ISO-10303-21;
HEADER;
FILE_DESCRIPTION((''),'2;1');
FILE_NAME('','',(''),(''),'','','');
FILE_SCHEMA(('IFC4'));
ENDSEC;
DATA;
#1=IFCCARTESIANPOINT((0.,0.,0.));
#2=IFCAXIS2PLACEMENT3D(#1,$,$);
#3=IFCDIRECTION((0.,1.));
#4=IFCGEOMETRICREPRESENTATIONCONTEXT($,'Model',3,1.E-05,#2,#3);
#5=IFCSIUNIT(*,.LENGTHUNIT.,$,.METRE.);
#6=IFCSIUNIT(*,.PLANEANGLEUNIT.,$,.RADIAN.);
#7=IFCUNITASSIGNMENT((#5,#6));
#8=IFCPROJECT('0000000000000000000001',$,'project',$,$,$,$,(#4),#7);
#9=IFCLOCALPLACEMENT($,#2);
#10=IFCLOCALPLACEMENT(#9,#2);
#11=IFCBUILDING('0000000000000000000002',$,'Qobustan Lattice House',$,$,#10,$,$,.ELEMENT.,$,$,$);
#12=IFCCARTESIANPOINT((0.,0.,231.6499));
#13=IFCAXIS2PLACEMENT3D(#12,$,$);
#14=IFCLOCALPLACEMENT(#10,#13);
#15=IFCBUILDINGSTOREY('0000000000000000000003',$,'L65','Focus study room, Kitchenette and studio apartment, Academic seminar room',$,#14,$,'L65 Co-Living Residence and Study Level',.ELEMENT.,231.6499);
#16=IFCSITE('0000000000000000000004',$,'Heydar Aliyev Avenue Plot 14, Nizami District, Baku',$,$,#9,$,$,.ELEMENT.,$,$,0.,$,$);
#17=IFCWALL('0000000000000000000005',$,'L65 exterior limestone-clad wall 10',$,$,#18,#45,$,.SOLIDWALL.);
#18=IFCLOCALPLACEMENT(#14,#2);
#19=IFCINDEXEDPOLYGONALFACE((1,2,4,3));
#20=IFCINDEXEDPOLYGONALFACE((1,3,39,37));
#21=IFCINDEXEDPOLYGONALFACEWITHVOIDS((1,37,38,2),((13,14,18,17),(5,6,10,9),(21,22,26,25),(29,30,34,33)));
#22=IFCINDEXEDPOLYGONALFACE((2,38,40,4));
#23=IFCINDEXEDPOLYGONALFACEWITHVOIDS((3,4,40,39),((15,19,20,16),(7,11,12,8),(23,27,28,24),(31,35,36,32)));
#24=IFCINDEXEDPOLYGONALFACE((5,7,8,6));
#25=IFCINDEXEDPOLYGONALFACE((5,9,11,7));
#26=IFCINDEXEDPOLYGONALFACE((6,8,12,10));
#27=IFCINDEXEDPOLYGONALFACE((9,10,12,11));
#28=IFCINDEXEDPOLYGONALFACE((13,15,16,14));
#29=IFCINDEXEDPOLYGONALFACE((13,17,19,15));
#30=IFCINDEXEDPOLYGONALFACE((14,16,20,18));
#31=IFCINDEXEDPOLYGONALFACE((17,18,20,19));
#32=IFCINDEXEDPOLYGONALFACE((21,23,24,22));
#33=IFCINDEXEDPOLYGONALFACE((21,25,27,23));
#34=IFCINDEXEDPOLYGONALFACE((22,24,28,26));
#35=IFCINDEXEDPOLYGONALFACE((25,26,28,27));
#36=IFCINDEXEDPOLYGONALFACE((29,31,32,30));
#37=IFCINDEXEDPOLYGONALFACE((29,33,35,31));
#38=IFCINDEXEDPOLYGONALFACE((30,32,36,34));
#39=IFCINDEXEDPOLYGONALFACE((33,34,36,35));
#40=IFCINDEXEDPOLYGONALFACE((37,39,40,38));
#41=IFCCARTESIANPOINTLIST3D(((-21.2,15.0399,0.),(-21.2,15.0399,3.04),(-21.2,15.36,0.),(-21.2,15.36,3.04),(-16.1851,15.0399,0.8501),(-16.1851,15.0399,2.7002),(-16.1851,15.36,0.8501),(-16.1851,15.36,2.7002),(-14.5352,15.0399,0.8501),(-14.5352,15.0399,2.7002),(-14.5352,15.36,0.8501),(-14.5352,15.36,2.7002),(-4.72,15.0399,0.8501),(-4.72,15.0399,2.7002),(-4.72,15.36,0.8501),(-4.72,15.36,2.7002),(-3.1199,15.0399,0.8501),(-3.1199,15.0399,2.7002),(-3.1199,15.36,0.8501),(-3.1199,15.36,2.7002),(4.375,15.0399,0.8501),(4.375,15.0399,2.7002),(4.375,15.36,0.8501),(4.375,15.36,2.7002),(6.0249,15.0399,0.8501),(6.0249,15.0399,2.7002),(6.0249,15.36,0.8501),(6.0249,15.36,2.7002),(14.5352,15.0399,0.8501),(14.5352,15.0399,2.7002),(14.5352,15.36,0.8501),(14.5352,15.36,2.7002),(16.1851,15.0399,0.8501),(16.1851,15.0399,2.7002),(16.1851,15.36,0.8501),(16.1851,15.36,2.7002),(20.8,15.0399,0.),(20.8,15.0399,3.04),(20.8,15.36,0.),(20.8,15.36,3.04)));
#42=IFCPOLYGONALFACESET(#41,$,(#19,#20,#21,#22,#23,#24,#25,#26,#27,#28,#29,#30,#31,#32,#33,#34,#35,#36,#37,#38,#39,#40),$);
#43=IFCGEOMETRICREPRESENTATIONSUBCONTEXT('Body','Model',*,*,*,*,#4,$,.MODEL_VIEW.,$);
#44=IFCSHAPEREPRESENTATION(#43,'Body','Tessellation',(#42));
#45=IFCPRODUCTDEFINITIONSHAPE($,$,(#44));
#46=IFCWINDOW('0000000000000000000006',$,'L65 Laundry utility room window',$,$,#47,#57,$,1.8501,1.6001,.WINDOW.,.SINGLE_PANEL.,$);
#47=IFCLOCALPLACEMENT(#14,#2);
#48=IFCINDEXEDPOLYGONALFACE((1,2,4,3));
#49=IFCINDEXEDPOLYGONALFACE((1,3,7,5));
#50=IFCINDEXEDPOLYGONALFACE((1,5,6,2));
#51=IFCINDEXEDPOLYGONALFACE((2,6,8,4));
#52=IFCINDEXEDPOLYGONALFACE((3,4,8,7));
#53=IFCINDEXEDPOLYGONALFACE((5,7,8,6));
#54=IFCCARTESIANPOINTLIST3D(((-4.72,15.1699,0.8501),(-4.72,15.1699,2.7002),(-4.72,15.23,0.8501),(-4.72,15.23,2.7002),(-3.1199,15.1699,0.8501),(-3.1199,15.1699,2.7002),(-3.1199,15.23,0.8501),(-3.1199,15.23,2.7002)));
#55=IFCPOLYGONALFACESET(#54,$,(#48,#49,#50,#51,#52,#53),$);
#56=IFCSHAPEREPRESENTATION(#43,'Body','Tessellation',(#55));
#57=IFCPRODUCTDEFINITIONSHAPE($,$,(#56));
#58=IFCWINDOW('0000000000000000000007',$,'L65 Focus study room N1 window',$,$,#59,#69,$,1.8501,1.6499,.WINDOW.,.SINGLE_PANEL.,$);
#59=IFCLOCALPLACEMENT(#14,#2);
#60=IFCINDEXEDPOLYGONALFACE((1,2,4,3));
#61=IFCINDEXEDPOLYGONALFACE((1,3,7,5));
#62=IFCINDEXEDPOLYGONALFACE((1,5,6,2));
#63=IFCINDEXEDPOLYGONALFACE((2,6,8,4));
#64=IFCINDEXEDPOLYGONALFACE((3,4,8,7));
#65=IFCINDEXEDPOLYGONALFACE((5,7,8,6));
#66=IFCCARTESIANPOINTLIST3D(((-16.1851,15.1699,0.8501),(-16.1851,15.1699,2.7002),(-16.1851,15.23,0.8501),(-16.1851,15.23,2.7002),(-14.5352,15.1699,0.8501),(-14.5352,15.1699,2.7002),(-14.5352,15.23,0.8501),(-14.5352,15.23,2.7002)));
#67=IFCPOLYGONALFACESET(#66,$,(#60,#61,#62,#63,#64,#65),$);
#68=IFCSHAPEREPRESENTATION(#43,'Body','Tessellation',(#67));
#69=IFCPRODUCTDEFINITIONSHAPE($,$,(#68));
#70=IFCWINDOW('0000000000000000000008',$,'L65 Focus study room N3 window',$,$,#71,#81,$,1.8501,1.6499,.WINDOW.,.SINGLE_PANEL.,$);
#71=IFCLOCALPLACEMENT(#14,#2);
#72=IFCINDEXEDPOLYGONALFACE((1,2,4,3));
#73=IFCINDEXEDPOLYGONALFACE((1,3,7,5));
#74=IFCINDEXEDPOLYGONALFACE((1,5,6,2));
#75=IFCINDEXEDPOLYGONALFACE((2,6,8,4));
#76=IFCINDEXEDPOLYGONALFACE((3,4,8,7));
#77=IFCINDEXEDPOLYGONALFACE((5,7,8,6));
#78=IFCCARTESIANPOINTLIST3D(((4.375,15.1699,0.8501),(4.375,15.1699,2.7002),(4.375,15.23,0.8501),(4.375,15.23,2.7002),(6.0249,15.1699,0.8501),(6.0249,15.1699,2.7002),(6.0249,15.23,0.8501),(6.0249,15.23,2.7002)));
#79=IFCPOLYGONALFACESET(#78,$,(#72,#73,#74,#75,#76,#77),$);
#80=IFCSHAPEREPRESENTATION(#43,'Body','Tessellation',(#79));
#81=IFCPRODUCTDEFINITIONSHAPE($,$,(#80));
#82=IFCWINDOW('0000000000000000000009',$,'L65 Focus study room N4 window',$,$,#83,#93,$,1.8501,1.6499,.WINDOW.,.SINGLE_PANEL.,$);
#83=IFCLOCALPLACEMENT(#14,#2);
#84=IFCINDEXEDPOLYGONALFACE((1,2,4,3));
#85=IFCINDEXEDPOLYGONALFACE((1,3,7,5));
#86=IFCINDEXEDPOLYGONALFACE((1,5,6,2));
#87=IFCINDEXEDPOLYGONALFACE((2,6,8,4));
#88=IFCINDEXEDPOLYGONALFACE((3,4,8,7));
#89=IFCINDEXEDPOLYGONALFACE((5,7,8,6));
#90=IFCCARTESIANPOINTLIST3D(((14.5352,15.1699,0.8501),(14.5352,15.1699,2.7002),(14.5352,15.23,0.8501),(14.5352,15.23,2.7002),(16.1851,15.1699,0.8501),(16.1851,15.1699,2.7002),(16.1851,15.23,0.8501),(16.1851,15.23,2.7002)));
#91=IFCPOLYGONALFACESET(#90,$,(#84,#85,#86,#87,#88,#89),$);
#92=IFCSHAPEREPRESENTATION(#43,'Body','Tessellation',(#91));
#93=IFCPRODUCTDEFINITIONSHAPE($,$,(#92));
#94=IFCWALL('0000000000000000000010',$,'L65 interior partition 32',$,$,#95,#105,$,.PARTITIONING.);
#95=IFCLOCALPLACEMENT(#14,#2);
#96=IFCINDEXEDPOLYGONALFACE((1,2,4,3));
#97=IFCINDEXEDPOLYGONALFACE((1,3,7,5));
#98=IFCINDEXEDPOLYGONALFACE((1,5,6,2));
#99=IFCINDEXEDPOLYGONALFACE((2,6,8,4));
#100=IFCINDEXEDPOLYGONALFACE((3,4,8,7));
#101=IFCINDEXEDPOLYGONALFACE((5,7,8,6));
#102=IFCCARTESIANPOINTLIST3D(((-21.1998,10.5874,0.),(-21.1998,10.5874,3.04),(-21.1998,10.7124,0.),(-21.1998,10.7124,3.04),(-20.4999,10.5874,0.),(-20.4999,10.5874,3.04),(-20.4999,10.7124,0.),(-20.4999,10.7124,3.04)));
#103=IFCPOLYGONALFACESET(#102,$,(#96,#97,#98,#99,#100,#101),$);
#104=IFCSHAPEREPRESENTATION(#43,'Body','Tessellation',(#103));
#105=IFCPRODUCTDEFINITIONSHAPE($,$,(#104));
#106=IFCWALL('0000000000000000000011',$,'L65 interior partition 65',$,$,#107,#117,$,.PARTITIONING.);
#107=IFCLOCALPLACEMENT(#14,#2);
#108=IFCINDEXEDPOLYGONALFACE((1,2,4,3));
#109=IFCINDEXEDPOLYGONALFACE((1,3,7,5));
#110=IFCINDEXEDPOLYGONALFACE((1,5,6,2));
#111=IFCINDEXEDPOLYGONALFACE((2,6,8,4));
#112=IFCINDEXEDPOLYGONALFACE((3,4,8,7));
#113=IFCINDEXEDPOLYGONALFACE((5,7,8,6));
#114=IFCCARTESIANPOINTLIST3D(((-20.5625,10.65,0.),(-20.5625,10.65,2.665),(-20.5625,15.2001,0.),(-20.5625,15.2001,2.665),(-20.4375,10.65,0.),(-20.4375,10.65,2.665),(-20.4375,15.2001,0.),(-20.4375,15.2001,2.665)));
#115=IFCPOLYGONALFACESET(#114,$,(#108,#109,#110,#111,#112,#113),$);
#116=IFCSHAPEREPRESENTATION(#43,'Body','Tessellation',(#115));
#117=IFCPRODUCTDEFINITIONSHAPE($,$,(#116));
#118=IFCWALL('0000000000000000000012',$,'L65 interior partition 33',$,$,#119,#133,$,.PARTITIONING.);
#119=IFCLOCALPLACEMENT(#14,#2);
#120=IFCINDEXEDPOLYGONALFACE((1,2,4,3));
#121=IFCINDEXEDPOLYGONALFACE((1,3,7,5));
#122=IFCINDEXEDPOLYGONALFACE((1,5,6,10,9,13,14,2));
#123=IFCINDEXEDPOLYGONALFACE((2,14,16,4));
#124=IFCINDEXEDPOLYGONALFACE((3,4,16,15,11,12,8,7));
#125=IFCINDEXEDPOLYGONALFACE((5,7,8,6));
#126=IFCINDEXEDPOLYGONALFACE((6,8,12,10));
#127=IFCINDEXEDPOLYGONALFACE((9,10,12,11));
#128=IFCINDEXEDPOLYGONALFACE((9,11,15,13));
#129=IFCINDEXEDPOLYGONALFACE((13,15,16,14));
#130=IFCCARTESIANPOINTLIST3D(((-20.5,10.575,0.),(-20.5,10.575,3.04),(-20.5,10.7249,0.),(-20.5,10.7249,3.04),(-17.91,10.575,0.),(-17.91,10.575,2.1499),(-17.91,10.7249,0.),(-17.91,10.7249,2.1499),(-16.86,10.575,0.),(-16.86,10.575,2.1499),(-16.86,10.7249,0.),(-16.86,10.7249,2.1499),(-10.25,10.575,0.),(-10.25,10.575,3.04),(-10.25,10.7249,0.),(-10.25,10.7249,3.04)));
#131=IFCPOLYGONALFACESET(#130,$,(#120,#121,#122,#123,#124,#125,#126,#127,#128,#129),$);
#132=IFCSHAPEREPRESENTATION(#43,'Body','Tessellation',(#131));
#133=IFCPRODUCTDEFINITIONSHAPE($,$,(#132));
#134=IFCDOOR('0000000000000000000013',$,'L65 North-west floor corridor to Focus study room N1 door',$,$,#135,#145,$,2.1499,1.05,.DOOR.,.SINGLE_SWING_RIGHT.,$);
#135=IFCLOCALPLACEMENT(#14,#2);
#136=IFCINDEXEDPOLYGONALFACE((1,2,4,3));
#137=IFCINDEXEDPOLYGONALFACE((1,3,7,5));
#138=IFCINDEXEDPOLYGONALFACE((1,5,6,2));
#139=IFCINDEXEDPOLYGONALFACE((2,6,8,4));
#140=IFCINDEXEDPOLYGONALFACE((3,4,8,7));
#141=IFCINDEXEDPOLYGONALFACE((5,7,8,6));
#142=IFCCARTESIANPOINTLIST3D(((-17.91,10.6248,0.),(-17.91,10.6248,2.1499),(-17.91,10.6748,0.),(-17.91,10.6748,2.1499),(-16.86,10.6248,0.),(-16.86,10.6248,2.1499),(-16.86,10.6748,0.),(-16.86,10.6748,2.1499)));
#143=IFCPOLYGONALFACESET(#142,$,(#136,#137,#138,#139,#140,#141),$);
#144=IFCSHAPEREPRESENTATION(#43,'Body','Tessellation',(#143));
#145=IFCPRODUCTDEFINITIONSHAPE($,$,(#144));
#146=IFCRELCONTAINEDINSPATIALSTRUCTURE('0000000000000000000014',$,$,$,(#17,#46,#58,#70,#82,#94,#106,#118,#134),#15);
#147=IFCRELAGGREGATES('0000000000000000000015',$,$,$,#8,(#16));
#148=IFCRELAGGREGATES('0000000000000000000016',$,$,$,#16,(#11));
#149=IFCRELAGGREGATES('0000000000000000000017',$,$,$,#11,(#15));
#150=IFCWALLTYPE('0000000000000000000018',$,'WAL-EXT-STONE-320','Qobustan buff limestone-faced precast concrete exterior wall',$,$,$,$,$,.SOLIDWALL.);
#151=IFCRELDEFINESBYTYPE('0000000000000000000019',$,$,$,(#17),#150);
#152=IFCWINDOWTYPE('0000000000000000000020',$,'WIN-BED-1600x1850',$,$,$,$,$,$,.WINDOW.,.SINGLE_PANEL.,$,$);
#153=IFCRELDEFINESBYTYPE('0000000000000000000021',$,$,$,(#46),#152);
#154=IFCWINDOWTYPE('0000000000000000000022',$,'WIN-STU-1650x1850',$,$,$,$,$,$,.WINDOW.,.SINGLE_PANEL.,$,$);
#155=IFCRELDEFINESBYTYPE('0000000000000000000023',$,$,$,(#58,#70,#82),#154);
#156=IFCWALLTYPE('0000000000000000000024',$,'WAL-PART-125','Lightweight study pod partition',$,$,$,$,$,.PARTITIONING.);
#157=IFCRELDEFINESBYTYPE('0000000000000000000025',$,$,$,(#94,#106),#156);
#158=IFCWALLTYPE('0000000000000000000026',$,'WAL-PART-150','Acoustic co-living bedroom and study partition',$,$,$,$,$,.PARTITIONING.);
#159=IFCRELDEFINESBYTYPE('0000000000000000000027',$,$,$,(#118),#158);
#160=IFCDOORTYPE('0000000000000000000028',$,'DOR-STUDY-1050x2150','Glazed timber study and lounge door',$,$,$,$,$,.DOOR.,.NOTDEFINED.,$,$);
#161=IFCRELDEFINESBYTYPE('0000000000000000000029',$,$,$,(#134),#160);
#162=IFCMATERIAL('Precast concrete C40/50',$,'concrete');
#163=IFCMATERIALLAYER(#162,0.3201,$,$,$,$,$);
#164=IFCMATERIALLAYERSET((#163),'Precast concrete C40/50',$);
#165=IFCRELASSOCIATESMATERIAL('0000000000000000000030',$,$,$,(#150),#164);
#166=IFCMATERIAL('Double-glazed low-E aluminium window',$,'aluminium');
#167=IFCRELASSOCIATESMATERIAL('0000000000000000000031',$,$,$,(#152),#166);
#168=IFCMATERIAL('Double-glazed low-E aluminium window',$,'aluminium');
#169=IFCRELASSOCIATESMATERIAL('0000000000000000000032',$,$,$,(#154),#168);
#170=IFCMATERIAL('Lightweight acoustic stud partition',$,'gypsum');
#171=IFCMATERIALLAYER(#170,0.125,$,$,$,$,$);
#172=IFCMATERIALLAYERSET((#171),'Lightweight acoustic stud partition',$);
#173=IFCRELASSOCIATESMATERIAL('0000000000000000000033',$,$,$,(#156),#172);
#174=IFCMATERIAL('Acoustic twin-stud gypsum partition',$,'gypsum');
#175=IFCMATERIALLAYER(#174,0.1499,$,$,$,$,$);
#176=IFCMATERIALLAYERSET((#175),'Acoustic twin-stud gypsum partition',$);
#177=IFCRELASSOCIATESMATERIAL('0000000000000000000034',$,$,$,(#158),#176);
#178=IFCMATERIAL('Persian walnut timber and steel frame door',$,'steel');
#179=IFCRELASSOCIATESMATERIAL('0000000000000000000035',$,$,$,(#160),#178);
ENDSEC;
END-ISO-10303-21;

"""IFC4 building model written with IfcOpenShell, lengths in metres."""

from ifc_helpers import new_model, si_unit, direction, frame, frame_2d, origin, place, context, subcontext, project, spatial, rectangle, extrude, material, layer, layer_set, type_object, element, fill, save


model = new_model("IFC4")

# Units and contexts
model_context = context("Model", 3, precision=1e-05, world=origin(), true_north=direction((0.0, 1.0)))
body_context = subcontext(model_context, "Body", "Model", "MODEL_VIEW")
ifc_project = project(units=[si_unit("LENGTHUNIT", "METRE"), si_unit("PLANEANGLEUNIT", "RADIAN")], contexts=[model_context])

# Site, building, storey
site_placement = place(None, origin())
site = spatial("IfcSite", under=ifc_project, at=site_placement, Name="Heydar Aliyev Avenue Plot 14, Nizami District, Baku", CompositionType="ELEMENT", RefElevation=0.0)
building_placement = place(site_placement, origin())
building = spatial("IfcBuilding", under=site, at=building_placement, Name="Qobustan Lattice House", CompositionType="ELEMENT")
storey_placement = place(building_placement, frame((0.0, 0.0, 231.6499)))
storey = spatial("IfcBuildingStorey", under=building, at=storey_placement, Name="L65", Description="Focus study room, Kitchenette and studio apartment, Academic seminar room", LongName="L65 Co-Living Residence and Study Level", CompositionType="ELEMENT", Elevation=231.6499)

# Shared definitions
ifc_material_1 = material(Name="Precast concrete C40/50", Category="concrete")
ifc_layer_1 = layer(ifc_material_1, 0.3201)
ifc_layer_set_1 = layer_set([ifc_layer_1], Name="Precast concrete C40/50")
wall_type_1 = type_object("IfcWallType", Name="WAL-EXT-STONE-320", Description="Qobustan buff limestone-faced precast concrete exterior wall", PredefinedType="SOLIDWALL", material=ifc_layer_set_1)

# Wall, openings, windows
wall_1_placement = place(storey_placement, frame((-21.2, 15.2, 0.0), z_axis=(0.0, 0.0, 1.0), x_axis=(1.0, 0.0, 0.0)))
wall_1 = element("IfcWall", 1, at=wall_1_placement, inside=storey, type_object=wall_type_1, Name="L65 exterior limestone-clad wall 10", PredefinedType="SOLIDWALL", context=body_context, shape_type="SweptSolid", body=[
    extrude(rectangle(XDim=42.0, YDim=0.3201, at=frame_2d((21.0, 0.0))), origin(), (0.0, 0.0, 1.0), 3.04),
])
opening_1_placement = place(wall_1_placement, frame((5.0149, 0.0, 0.8501)))
opening_1 = element("IfcOpeningElement", 2, at=opening_1_placement, cuts=wall_1, PredefinedType="OPENING", context=body_context, shape_type="SweptSolid", body=[
    extrude(rectangle(XDim=1.6499, YDim=1.8501, at=frame_2d((0.825, 0.925))), frame((0.0, 0.1699, 0.0), z_axis=(0.0, -1.0, 0.0), x_axis=(1.0, 0.0, 0.0)), (0.0, 0.0, 1.0), 0.3401),
])
opening_2_placement = place(wall_1_placement, frame((16.48, 0.0, 0.8501)))
opening_2 = element("IfcOpeningElement", 3, at=opening_2_placement, cuts=wall_1, PredefinedType="OPENING", context=body_context, shape_type="SweptSolid", body=[
    extrude(rectangle(XDim=1.6001, YDim=1.8501, at=frame_2d((0.8, 0.925))), frame((0.0, 0.1699, 0.0), z_axis=(0.0, -1.0, 0.0), x_axis=(1.0, 0.0, 0.0)), (0.0, 0.0, 1.0), 0.3401),
])
opening_3_placement = place(wall_1_placement, frame((25.575, 0.0, 0.8501)))
opening_3 = element("IfcOpeningElement", 4, at=opening_3_placement, cuts=wall_1, PredefinedType="OPENING", context=body_context, shape_type="SweptSolid", body=[
    extrude(rectangle(XDim=1.6499, YDim=1.8501, at=frame_2d((0.825, 0.925))), frame((0.0, 0.1699, 0.0), z_axis=(0.0, -1.0, 0.0), x_axis=(1.0, 0.0, 0.0)), (0.0, 0.0, 1.0), 0.3401),
])
opening_4_placement = place(wall_1_placement, frame((35.7351, 0.0, 0.8501)))
opening_4 = element("IfcOpeningElement", 5, at=opening_4_placement, cuts=wall_1, PredefinedType="OPENING", context=body_context, shape_type="SweptSolid", body=[
    extrude(rectangle(XDim=1.6499, YDim=1.8501, at=frame_2d((0.825, 0.925))), frame((0.0, 0.1699, 0.0), z_axis=(0.0, -1.0, 0.0), x_axis=(1.0, 0.0, 0.0)), (0.0, 0.0, 1.0), 0.3401),
])
ifc_material_2 = material(Name="Double-glazed low-E aluminium window", Category="aluminium")
window_type_1 = type_object("IfcWindowType", Name="WIN-BED-1600x1850", PartitioningType="SINGLE_PANEL", PredefinedType="WINDOW", material=ifc_material_2)
window_1_placement = place(opening_2_placement, origin())
window_1 = element("IfcWindow", 6, at=window_1_placement, inside=storey, type_object=window_type_1, Name="L65 Laundry utility room window", OverallHeight=1.8501, OverallWidth=1.6001, PartitioningType="SINGLE_PANEL", PredefinedType="WINDOW", context=body_context, shape_type="SweptSolid", body=[
    extrude(rectangle(XDim=1.6001, YDim=1.8501, at=frame_2d((0.8, 0.925))), frame((0.0, 0.03, 0.0), z_axis=(0.0, -1.0, 0.0), x_axis=(1.0, 0.0, 0.0)), (0.0, 0.0, 1.0), 0.0601),
])
fill(opening_2, window_1)
ifc_material_3 = material(Name="Double-glazed low-E aluminium window", Category="aluminium")
window_type_2 = type_object("IfcWindowType", Name="WIN-STU-1650x1850", PartitioningType="SINGLE_PANEL", PredefinedType="WINDOW", material=ifc_material_3)
window_2_placement = place(opening_1_placement, origin())
window_2 = element("IfcWindow", 7, at=window_2_placement, inside=storey, type_object=window_type_2, Name="L65 Focus study room N1 window", OverallHeight=1.8501, OverallWidth=1.6499, PartitioningType="SINGLE_PANEL", PredefinedType="WINDOW", context=body_context, shape_type="SweptSolid", body=[
    extrude(rectangle(XDim=1.6499, YDim=1.8501, at=frame_2d((0.825, 0.925))), frame((0.0, 0.03, 0.0), z_axis=(0.0, -1.0, 0.0), x_axis=(1.0, 0.0, 0.0)), (0.0, 0.0, 1.0), 0.0601),
])
fill(opening_1, window_2)
window_3_placement = place(opening_3_placement, origin())
window_3 = element("IfcWindow", 8, at=window_3_placement, inside=storey, type_object=window_type_2, Name="L65 Focus study room N3 window", OverallHeight=1.8501, OverallWidth=1.6499, PartitioningType="SINGLE_PANEL", PredefinedType="WINDOW", context=body_context, shape_type="SweptSolid", body=[
    extrude(rectangle(XDim=1.6499, YDim=1.8501, at=frame_2d((0.825, 0.925))), frame((0.0, 0.03, 0.0), z_axis=(0.0, -1.0, 0.0), x_axis=(1.0, 0.0, 0.0)), (0.0, 0.0, 1.0), 0.0601),
])
fill(opening_3, window_3)
window_4_placement = place(opening_4_placement, origin())
window_4 = element("IfcWindow", 9, at=window_4_placement, inside=storey, type_object=window_type_2, Name="L65 Focus study room N4 window", OverallHeight=1.8501, OverallWidth=1.6499, PartitioningType="SINGLE_PANEL", PredefinedType="WINDOW", context=body_context, shape_type="SweptSolid", body=[
    extrude(rectangle(XDim=1.6499, YDim=1.8501, at=frame_2d((0.825, 0.925))), frame((0.0, 0.03, 0.0), z_axis=(0.0, -1.0, 0.0), x_axis=(1.0, 0.0, 0.0)), (0.0, 0.0, 1.0), 0.0601),
])
fill(opening_4, window_4)

# Walls
ifc_material_4 = material(Name="Lightweight acoustic stud partition", Category="gypsum")
ifc_layer_2 = layer(ifc_material_4, 0.125)
ifc_layer_set_2 = layer_set([ifc_layer_2], Name="Lightweight acoustic stud partition")
wall_type_2 = type_object("IfcWallType", Name="WAL-PART-125", Description="Lightweight study pod partition", PredefinedType="PARTITIONING", material=ifc_layer_set_2)
wall_2_placement = place(storey_placement, frame((-21.2, 10.6499, 0.0), z_axis=(0.0, 0.0, 1.0), x_axis=(1.0, 0.0, 0.0)))
element("IfcWall", 10, at=wall_2_placement, inside=storey, type_object=wall_type_2, Name="L65 interior partition 32", PredefinedType="PARTITIONING", context=body_context, shape_type="SweptSolid", body=[
    extrude(rectangle(XDim=0.7, YDim=0.125, at=frame_2d((0.3501, 0.0))), origin(), (0.0, 0.0, 1.0), 3.04),
])
wall_3_placement = place(storey_placement, frame((-20.5, 15.2, 0.0), z_axis=(0.0, 0.0, 1.0), x_axis=(0.0, -1.0, 0.0)))
element("IfcWall", 11, at=wall_3_placement, inside=storey, type_object=wall_type_2, Name="L65 interior partition 65", PredefinedType="PARTITIONING", context=body_context, shape_type="SweptSolid", body=[
    extrude(rectangle(XDim=4.55, YDim=0.125, at=frame_2d((2.2749, 0.0))), origin(), (0.0, 0.0, 1.0), 2.665),
])

# Wall, opening, door
ifc_material_5 = material(Name="Acoustic twin-stud gypsum partition", Category="gypsum")
ifc_layer_3 = layer(ifc_material_5, 0.1499)
ifc_layer_set_3 = layer_set([ifc_layer_3], Name="Acoustic twin-stud gypsum partition")
wall_type_3 = type_object("IfcWallType", Name="WAL-PART-150", Description="Acoustic co-living bedroom and study partition", PredefinedType="PARTITIONING", material=ifc_layer_set_3)
wall_4_placement = place(storey_placement, frame((-20.5, 10.6499, 0.0), z_axis=(0.0, 0.0, 1.0), x_axis=(1.0, 0.0, 0.0)))
wall_4 = element("IfcWall", 12, at=wall_4_placement, inside=storey, type_object=wall_type_3, Name="L65 interior partition 33", PredefinedType="PARTITIONING", context=body_context, shape_type="SweptSolid", body=[
    extrude(rectangle(XDim=10.25, YDim=0.1499, at=frame_2d((5.125, 0.0))), origin(), (0.0, 0.0, 1.0), 3.04),
])
opening_5_placement = place(wall_4_placement, frame((2.5901, 0.0, 0.0)))
opening_5 = element("IfcOpeningElement", 13, at=opening_5_placement, cuts=wall_4, PredefinedType="OPENING", context=body_context, shape_type="SweptSolid", body=[
    extrude(rectangle(XDim=1.05, YDim=2.1499, at=frame_2d((0.5249, 1.075))), frame((0.0, 0.085, 0.0), z_axis=(0.0, -1.0, 0.0), x_axis=(1.0, 0.0, 0.0)), (0.0, 0.0, 1.0), 0.1699),
])
ifc_material_6 = material(Name="Persian walnut timber and steel frame door", Category="steel")
door_type = type_object("IfcDoorType", Name="DOR-STUDY-1050x2150", Description="Glazed timber study and lounge door", OperationType="NOTDEFINED", PredefinedType="DOOR", material=ifc_material_6)
door_placement = place(opening_5_placement, origin())
door = element("IfcDoor", 14, at=door_placement, inside=storey, type_object=door_type, Name="L65 North-west floor corridor to Focus study room N1 door", OperationType="SINGLE_SWING_RIGHT", OverallHeight=2.1499, OverallWidth=1.05, PredefinedType="DOOR", context=body_context, shape_type="SweptSolid", body=[
    extrude(rectangle(XDim=1.05, YDim=2.1499, at=frame_2d((0.5249, 1.075))), frame((0.0, 0.0249, 0.0), z_axis=(0.0, -1.0, 0.0), x_axis=(1.0, 0.0, 0.0)), (0.0, 0.0, 1.0), 0.05),
])
fill(opening_5, door)

save(model, "model.ifc")
